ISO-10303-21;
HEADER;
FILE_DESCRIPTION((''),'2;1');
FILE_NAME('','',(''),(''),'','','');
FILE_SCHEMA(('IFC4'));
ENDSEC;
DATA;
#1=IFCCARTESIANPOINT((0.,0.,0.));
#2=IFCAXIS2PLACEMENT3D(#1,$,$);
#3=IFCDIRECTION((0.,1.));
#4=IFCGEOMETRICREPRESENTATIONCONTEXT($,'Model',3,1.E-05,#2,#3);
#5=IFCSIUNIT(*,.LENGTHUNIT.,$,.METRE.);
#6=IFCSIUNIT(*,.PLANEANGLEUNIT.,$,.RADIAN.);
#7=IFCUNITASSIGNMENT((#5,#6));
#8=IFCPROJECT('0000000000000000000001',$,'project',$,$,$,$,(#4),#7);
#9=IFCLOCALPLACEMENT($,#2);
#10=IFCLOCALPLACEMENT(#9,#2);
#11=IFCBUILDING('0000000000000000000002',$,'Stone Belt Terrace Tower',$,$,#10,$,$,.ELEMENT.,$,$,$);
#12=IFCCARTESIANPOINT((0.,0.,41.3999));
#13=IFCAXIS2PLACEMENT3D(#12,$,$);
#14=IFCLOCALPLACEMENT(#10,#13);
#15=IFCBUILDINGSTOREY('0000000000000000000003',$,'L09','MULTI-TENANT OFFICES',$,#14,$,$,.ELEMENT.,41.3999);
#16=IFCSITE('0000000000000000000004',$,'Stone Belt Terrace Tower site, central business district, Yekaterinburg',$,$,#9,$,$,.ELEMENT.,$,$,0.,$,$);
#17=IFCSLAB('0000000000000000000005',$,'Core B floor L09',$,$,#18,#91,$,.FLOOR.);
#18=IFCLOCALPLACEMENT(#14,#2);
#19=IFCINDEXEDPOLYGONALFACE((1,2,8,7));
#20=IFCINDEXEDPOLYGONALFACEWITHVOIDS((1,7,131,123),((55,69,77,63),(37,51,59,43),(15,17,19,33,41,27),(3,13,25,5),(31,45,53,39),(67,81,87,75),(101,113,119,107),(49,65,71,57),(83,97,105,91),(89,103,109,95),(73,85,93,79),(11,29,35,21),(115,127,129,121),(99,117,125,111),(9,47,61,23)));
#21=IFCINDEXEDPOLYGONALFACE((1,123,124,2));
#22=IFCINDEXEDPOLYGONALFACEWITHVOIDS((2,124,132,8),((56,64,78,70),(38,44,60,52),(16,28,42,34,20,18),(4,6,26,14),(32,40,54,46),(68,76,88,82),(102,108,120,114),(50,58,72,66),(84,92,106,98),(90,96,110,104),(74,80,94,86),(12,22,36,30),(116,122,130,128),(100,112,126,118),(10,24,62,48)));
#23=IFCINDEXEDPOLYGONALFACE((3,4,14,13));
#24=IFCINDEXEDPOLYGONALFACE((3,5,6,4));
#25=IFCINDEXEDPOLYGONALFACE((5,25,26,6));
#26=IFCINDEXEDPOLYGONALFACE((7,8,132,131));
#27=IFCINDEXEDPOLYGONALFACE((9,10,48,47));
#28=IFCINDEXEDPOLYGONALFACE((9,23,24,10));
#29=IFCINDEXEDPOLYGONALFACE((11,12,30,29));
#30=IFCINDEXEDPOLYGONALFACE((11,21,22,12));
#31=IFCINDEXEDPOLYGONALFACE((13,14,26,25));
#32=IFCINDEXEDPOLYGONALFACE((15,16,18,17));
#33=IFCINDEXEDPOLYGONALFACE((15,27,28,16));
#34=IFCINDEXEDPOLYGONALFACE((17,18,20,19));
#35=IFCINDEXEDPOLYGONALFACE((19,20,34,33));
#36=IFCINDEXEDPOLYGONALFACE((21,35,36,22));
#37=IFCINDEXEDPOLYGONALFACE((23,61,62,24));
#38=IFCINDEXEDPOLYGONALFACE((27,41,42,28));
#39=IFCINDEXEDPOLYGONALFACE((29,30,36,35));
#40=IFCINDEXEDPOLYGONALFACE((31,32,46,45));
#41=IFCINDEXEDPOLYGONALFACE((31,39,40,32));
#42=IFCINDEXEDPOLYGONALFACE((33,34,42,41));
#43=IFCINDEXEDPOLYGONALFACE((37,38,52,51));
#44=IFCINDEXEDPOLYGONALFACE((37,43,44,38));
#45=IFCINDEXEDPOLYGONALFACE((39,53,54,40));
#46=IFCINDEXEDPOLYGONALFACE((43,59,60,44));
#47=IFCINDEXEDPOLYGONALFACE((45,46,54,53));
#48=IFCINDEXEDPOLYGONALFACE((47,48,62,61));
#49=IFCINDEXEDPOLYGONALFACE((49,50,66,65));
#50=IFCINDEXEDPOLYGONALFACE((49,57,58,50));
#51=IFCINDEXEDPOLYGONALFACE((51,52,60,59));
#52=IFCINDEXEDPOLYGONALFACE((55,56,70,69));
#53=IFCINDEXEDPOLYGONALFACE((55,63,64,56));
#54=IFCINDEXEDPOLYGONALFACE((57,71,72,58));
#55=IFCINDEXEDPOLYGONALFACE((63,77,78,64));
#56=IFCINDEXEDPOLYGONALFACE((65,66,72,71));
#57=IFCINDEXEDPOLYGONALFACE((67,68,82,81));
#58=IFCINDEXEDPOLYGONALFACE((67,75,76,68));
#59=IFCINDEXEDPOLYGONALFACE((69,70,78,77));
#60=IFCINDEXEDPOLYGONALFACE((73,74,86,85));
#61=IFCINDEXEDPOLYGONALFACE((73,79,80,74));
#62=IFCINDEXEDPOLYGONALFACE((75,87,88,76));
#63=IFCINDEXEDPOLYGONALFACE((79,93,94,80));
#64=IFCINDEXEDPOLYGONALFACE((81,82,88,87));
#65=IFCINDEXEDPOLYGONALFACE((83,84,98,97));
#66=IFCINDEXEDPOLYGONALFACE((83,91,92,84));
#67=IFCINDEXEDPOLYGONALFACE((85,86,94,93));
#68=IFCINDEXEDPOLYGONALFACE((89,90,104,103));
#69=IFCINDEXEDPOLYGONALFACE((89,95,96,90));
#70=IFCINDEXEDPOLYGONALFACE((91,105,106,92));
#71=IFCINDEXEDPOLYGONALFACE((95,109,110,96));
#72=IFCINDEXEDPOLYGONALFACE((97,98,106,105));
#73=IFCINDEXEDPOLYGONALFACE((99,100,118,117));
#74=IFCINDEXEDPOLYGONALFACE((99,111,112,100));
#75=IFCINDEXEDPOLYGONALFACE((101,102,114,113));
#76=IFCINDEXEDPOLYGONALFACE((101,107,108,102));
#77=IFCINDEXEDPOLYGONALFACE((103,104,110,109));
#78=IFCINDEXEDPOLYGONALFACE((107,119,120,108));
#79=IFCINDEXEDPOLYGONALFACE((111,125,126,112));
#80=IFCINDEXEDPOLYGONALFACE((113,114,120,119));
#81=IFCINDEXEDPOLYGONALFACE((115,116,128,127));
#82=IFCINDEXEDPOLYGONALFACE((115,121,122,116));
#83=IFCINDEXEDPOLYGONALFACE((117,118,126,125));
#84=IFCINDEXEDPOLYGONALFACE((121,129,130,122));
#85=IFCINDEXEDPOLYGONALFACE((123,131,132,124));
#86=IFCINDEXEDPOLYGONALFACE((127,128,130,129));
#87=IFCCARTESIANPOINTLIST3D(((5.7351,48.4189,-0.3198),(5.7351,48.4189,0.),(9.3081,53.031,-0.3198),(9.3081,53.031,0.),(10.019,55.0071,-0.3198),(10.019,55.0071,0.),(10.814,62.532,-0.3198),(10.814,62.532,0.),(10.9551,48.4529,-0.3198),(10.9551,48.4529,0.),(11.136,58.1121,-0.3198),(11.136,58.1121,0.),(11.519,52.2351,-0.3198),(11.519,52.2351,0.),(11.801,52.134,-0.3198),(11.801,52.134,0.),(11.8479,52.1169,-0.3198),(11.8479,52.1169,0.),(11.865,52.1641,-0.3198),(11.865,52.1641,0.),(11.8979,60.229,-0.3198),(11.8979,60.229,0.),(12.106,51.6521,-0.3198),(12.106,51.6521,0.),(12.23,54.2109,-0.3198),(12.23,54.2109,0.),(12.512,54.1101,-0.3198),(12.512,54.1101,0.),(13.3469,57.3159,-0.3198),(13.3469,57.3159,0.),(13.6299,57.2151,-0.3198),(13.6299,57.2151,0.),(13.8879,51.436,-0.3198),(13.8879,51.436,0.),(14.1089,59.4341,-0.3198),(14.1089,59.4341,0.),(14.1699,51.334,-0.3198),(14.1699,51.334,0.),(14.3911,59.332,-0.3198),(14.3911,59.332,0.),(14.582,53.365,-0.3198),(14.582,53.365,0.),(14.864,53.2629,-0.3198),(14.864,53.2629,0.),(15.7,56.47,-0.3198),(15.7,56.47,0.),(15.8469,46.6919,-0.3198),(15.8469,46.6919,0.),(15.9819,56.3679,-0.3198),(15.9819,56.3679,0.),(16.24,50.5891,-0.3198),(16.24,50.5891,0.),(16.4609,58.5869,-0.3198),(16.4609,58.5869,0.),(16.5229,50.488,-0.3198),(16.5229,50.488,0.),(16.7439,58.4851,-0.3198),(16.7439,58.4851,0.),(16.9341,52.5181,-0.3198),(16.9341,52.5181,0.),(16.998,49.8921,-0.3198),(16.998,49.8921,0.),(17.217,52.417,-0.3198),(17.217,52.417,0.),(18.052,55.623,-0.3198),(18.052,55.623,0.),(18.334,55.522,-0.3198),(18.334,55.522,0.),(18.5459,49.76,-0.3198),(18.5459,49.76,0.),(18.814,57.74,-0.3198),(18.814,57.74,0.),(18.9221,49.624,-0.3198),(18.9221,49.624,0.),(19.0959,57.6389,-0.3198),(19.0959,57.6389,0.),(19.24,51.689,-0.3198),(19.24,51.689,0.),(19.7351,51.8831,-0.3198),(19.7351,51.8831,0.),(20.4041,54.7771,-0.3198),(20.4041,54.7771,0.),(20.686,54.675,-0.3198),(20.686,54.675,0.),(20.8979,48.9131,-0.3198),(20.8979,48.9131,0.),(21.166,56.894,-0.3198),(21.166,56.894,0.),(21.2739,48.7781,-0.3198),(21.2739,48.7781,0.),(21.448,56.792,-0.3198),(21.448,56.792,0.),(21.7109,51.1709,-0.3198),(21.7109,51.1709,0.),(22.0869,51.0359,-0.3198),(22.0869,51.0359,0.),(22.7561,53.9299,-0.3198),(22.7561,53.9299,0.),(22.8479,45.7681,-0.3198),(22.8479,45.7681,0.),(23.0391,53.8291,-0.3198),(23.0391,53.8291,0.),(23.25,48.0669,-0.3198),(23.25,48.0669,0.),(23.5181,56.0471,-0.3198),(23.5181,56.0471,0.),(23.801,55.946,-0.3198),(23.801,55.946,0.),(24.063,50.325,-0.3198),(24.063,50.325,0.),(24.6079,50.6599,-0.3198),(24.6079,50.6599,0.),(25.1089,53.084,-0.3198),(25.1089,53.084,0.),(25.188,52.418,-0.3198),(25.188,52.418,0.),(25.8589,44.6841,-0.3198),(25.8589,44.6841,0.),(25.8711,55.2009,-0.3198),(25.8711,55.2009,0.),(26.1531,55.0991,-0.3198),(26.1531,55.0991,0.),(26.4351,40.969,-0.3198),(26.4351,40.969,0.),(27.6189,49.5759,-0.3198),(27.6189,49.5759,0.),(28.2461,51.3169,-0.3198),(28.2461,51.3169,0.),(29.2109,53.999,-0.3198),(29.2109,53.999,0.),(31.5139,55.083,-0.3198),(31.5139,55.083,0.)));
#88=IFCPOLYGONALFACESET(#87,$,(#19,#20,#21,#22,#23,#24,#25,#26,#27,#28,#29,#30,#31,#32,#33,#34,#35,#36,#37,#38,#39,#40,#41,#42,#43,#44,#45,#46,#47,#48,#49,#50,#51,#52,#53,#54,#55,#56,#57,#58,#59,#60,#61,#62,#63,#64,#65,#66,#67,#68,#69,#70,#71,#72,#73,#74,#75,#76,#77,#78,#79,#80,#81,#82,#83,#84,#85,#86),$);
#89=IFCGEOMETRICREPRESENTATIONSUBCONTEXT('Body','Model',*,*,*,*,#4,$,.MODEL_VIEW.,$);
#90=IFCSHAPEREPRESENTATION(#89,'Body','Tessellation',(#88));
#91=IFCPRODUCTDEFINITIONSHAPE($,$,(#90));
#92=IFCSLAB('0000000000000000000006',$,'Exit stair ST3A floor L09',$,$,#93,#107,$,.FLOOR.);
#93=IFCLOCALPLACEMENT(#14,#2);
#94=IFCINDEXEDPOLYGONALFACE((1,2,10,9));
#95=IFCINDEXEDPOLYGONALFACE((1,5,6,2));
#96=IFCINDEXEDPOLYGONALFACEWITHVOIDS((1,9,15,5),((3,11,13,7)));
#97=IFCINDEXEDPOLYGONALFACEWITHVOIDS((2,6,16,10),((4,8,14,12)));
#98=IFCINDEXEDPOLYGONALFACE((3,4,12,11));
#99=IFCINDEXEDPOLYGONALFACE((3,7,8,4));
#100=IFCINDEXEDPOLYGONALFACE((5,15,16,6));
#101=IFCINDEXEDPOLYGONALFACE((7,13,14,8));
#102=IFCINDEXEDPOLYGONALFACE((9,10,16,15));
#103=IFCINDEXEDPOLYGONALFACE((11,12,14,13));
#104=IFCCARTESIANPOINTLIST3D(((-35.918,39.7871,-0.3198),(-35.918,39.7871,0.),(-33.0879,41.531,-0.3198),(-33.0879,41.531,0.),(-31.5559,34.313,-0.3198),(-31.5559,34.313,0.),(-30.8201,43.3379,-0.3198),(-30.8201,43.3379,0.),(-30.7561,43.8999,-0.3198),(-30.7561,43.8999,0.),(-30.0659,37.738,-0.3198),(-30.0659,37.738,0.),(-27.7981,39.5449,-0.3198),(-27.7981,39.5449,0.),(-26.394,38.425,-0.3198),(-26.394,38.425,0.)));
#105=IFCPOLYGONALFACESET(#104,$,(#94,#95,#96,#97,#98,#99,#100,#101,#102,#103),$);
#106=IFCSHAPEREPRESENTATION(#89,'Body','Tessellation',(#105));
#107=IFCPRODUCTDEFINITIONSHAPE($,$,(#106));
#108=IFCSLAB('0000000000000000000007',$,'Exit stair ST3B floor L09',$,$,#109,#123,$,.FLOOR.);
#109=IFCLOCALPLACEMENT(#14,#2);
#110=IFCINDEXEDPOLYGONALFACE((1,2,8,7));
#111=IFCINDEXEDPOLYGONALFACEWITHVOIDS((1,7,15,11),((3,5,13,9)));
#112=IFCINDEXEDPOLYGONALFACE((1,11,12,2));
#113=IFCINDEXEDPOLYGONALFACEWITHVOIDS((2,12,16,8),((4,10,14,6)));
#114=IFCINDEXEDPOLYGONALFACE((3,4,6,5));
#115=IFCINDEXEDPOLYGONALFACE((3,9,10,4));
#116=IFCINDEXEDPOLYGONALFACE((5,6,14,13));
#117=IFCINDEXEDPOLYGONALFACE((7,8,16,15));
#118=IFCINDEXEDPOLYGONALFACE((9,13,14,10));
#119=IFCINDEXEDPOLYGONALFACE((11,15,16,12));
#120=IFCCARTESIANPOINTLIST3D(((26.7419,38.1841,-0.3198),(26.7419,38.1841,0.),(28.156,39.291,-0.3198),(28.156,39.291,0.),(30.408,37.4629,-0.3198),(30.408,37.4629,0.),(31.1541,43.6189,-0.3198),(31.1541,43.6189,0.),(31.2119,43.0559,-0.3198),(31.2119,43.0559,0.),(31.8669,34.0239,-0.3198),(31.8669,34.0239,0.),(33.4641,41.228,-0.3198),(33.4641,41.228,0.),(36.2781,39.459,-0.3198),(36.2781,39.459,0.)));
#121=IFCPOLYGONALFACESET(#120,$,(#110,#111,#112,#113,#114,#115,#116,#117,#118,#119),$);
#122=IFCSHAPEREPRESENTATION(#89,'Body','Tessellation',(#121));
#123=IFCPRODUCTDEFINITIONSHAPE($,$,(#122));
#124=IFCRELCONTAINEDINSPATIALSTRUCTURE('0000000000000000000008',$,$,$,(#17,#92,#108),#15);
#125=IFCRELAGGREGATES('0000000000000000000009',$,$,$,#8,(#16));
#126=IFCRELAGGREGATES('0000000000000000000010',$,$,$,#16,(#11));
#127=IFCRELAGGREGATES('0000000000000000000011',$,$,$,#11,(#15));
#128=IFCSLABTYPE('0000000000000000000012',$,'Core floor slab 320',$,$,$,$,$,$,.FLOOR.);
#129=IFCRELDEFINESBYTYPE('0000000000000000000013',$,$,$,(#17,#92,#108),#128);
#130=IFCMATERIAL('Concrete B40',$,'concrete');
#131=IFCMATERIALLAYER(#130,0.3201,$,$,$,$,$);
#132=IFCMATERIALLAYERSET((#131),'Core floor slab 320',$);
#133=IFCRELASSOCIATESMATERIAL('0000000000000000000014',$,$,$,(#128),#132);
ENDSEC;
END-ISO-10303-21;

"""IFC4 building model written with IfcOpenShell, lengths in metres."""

from ifc_helpers import new_model, si_unit, direction, frame, origin, place, context, subcontext, project, spatial, polyline, outline, extrude, material, layer, layer_set, type_object, element, save


model = new_model("IFC4")

# Units and contexts
model_context = context("Model", 3, precision=1e-05, world=origin(), true_north=direction((0.0, 1.0)))
body_context = subcontext(model_context, "Body", "Model", "MODEL_VIEW")
ifc_project = project(units=[si_unit("LENGTHUNIT", "METRE"), si_unit("PLANEANGLEUNIT", "RADIAN")], contexts=[model_context])

# Site, building, storey
site_placement = place(None, origin())
site = spatial("IfcSite", under=ifc_project, at=site_placement, Name="Stone Belt Terrace Tower site, central business district, Yekaterinburg", CompositionType="ELEMENT", RefElevation=0.0)
building_placement = place(site_placement, origin())
building = spatial("IfcBuilding", under=site, at=building_placement, Name="Stone Belt Terrace Tower", CompositionType="ELEMENT")
storey_placement = place(building_placement, frame((0.0, 0.0, 41.3999)))
storey = spatial("IfcBuildingStorey", under=building, at=storey_placement, Name="L09", Description="MULTI-TENANT OFFICES", CompositionType="ELEMENT", Elevation=41.3999)

# Slabs
ifc_material_1 = material(Name="Concrete B40", Category="concrete")
ifc_layer_1 = layer(ifc_material_1, 0.3201)
ifc_layer_set_1 = layer_set([ifc_layer_1], Name="Core floor slab 320")
slab_type_1 = type_object("IfcSlabType", Name="Core floor slab 320", PredefinedType="FLOOR", material=ifc_layer_set_1)
slab_1_placement = place(storey_placement, frame((0.0, 0.0, -0.3198)))
element("IfcSlab", 1, at=slab_1_placement, inside=storey, type_object=slab_type_1, Name="Core B floor L09", PredefinedType="FLOOR", context=body_context, shape_type="SweptSolid", body=[
    extrude(outline(polyline([(26.4351, 40.969), (31.5139, 55.083), (10.814, 62.532), (5.7351, 48.4189), (26.4351, 40.969)]), holes=[polyline([(12.106, 51.6521), (16.998, 49.8921), (15.8469, 46.6919), (10.9551, 48.4529), (12.106, 51.6521)]), polyline([(19.24, 51.689), (18.5459, 49.76), (16.5229, 50.488), (17.217, 52.417), (19.24, 51.689)]), polyline([(16.24, 50.5891), (14.1699, 51.334), (14.864, 53.2629), (16.9341, 52.5181), (16.24, 50.5891)]), polyline([(14.582, 53.365), (13.8879, 51.436), (11.865, 52.1641), (11.8479, 52.1169), (11.801, 52.134), (12.512, 54.1101), (14.582, 53.365)]), polyline([(9.3081, 53.031), (10.019, 55.0071), (12.23, 54.2109), (11.519, 52.2351), (9.3081, 53.031)]), polyline([(16.7439, 58.4851), (18.814, 57.74), (18.052, 55.623), (15.9819, 56.3679), (16.7439, 58.4851)]), polyline([(14.3911, 59.332), (16.4609, 58.5869), (15.7, 56.47), (13.6299, 57.2151), (14.3911, 59.332)]), polyline([(11.8979, 60.229), (14.1089, 59.4341), (13.3469, 57.3159), (11.136, 58.1121), (11.8979, 60.229)]), polyline([(25.8589, 44.6841), (22.8479, 45.7681), (24.6079, 50.6599), (27.6189, 49.5759), (25.8589, 44.6841)]), polyline([(21.2739, 48.7781), (22.0869, 51.0359), (24.063, 50.325), (23.25, 48.0669), (21.2739, 48.7781)]), polyline([(18.9221, 49.624), (19.7351, 51.8831), (21.7109, 51.1709), (20.8979, 48.9131), (18.9221, 49.624)]), polyline([(29.2109, 53.999), (28.2461, 51.3169), (25.188, 52.418), (26.1531, 55.0991), (29.2109, 53.999)]), polyline([(23.801, 55.946), (25.8711, 55.2009), (25.1089, 53.084), (23.0391, 53.8291), (23.801, 55.946)]), polyline([(21.448, 56.792), (23.5181, 56.0471), (22.7561, 53.9299), (20.686, 54.675), (21.448, 56.792)]), polyline([(19.0959, 57.6389), (21.166, 56.894), (20.4041, 54.7771), (18.334, 55.522), (19.0959, 57.6389)])]), origin(), (0.0, 0.0, 1.0), 0.3198),
])
slab_2_placement = place(storey_placement, frame((0.0, 0.0, -0.3198)))
element("IfcSlab", 2, at=slab_2_placement, inside=storey, type_object=slab_type_1, Name="Exit stair ST3A floor L09", PredefinedType="FLOOR", context=body_context, shape_type="SweptSolid", body=[
    extrude(outline(polyline([(-26.394, 38.425), (-30.7561, 43.8999), (-35.918, 39.7871), (-31.5559, 34.313), (-26.394, 38.425)]), holes=[polyline([(-27.7981, 39.5449), (-30.0659, 37.738), (-33.0879, 41.531), (-30.8201, 43.3379), (-27.7981, 39.5449)])]), origin(), (0.0, 0.0, 1.0), 0.3198),
])
slab_3_placement = place(storey_placement, frame((0.0, 0.0, -0.3198)))
element("IfcSlab", 3, at=slab_3_placement, inside=storey, type_object=slab_type_1, Name="Exit stair ST3B floor L09", PredefinedType="FLOOR", context=body_context, shape_type="SweptSolid", body=[
    extrude(outline(polyline([(26.7419, 38.1841), (31.8669, 34.0239), (36.2781, 39.459), (31.1541, 43.6189), (26.7419, 38.1841)]), holes=[polyline([(30.408, 37.4629), (28.156, 39.291), (31.2119, 43.0559), (33.4641, 41.228), (30.408, 37.4629)])]), origin(), (0.0, 0.0, 1.0), 0.3198),
])

save(model, "model.ifc")
